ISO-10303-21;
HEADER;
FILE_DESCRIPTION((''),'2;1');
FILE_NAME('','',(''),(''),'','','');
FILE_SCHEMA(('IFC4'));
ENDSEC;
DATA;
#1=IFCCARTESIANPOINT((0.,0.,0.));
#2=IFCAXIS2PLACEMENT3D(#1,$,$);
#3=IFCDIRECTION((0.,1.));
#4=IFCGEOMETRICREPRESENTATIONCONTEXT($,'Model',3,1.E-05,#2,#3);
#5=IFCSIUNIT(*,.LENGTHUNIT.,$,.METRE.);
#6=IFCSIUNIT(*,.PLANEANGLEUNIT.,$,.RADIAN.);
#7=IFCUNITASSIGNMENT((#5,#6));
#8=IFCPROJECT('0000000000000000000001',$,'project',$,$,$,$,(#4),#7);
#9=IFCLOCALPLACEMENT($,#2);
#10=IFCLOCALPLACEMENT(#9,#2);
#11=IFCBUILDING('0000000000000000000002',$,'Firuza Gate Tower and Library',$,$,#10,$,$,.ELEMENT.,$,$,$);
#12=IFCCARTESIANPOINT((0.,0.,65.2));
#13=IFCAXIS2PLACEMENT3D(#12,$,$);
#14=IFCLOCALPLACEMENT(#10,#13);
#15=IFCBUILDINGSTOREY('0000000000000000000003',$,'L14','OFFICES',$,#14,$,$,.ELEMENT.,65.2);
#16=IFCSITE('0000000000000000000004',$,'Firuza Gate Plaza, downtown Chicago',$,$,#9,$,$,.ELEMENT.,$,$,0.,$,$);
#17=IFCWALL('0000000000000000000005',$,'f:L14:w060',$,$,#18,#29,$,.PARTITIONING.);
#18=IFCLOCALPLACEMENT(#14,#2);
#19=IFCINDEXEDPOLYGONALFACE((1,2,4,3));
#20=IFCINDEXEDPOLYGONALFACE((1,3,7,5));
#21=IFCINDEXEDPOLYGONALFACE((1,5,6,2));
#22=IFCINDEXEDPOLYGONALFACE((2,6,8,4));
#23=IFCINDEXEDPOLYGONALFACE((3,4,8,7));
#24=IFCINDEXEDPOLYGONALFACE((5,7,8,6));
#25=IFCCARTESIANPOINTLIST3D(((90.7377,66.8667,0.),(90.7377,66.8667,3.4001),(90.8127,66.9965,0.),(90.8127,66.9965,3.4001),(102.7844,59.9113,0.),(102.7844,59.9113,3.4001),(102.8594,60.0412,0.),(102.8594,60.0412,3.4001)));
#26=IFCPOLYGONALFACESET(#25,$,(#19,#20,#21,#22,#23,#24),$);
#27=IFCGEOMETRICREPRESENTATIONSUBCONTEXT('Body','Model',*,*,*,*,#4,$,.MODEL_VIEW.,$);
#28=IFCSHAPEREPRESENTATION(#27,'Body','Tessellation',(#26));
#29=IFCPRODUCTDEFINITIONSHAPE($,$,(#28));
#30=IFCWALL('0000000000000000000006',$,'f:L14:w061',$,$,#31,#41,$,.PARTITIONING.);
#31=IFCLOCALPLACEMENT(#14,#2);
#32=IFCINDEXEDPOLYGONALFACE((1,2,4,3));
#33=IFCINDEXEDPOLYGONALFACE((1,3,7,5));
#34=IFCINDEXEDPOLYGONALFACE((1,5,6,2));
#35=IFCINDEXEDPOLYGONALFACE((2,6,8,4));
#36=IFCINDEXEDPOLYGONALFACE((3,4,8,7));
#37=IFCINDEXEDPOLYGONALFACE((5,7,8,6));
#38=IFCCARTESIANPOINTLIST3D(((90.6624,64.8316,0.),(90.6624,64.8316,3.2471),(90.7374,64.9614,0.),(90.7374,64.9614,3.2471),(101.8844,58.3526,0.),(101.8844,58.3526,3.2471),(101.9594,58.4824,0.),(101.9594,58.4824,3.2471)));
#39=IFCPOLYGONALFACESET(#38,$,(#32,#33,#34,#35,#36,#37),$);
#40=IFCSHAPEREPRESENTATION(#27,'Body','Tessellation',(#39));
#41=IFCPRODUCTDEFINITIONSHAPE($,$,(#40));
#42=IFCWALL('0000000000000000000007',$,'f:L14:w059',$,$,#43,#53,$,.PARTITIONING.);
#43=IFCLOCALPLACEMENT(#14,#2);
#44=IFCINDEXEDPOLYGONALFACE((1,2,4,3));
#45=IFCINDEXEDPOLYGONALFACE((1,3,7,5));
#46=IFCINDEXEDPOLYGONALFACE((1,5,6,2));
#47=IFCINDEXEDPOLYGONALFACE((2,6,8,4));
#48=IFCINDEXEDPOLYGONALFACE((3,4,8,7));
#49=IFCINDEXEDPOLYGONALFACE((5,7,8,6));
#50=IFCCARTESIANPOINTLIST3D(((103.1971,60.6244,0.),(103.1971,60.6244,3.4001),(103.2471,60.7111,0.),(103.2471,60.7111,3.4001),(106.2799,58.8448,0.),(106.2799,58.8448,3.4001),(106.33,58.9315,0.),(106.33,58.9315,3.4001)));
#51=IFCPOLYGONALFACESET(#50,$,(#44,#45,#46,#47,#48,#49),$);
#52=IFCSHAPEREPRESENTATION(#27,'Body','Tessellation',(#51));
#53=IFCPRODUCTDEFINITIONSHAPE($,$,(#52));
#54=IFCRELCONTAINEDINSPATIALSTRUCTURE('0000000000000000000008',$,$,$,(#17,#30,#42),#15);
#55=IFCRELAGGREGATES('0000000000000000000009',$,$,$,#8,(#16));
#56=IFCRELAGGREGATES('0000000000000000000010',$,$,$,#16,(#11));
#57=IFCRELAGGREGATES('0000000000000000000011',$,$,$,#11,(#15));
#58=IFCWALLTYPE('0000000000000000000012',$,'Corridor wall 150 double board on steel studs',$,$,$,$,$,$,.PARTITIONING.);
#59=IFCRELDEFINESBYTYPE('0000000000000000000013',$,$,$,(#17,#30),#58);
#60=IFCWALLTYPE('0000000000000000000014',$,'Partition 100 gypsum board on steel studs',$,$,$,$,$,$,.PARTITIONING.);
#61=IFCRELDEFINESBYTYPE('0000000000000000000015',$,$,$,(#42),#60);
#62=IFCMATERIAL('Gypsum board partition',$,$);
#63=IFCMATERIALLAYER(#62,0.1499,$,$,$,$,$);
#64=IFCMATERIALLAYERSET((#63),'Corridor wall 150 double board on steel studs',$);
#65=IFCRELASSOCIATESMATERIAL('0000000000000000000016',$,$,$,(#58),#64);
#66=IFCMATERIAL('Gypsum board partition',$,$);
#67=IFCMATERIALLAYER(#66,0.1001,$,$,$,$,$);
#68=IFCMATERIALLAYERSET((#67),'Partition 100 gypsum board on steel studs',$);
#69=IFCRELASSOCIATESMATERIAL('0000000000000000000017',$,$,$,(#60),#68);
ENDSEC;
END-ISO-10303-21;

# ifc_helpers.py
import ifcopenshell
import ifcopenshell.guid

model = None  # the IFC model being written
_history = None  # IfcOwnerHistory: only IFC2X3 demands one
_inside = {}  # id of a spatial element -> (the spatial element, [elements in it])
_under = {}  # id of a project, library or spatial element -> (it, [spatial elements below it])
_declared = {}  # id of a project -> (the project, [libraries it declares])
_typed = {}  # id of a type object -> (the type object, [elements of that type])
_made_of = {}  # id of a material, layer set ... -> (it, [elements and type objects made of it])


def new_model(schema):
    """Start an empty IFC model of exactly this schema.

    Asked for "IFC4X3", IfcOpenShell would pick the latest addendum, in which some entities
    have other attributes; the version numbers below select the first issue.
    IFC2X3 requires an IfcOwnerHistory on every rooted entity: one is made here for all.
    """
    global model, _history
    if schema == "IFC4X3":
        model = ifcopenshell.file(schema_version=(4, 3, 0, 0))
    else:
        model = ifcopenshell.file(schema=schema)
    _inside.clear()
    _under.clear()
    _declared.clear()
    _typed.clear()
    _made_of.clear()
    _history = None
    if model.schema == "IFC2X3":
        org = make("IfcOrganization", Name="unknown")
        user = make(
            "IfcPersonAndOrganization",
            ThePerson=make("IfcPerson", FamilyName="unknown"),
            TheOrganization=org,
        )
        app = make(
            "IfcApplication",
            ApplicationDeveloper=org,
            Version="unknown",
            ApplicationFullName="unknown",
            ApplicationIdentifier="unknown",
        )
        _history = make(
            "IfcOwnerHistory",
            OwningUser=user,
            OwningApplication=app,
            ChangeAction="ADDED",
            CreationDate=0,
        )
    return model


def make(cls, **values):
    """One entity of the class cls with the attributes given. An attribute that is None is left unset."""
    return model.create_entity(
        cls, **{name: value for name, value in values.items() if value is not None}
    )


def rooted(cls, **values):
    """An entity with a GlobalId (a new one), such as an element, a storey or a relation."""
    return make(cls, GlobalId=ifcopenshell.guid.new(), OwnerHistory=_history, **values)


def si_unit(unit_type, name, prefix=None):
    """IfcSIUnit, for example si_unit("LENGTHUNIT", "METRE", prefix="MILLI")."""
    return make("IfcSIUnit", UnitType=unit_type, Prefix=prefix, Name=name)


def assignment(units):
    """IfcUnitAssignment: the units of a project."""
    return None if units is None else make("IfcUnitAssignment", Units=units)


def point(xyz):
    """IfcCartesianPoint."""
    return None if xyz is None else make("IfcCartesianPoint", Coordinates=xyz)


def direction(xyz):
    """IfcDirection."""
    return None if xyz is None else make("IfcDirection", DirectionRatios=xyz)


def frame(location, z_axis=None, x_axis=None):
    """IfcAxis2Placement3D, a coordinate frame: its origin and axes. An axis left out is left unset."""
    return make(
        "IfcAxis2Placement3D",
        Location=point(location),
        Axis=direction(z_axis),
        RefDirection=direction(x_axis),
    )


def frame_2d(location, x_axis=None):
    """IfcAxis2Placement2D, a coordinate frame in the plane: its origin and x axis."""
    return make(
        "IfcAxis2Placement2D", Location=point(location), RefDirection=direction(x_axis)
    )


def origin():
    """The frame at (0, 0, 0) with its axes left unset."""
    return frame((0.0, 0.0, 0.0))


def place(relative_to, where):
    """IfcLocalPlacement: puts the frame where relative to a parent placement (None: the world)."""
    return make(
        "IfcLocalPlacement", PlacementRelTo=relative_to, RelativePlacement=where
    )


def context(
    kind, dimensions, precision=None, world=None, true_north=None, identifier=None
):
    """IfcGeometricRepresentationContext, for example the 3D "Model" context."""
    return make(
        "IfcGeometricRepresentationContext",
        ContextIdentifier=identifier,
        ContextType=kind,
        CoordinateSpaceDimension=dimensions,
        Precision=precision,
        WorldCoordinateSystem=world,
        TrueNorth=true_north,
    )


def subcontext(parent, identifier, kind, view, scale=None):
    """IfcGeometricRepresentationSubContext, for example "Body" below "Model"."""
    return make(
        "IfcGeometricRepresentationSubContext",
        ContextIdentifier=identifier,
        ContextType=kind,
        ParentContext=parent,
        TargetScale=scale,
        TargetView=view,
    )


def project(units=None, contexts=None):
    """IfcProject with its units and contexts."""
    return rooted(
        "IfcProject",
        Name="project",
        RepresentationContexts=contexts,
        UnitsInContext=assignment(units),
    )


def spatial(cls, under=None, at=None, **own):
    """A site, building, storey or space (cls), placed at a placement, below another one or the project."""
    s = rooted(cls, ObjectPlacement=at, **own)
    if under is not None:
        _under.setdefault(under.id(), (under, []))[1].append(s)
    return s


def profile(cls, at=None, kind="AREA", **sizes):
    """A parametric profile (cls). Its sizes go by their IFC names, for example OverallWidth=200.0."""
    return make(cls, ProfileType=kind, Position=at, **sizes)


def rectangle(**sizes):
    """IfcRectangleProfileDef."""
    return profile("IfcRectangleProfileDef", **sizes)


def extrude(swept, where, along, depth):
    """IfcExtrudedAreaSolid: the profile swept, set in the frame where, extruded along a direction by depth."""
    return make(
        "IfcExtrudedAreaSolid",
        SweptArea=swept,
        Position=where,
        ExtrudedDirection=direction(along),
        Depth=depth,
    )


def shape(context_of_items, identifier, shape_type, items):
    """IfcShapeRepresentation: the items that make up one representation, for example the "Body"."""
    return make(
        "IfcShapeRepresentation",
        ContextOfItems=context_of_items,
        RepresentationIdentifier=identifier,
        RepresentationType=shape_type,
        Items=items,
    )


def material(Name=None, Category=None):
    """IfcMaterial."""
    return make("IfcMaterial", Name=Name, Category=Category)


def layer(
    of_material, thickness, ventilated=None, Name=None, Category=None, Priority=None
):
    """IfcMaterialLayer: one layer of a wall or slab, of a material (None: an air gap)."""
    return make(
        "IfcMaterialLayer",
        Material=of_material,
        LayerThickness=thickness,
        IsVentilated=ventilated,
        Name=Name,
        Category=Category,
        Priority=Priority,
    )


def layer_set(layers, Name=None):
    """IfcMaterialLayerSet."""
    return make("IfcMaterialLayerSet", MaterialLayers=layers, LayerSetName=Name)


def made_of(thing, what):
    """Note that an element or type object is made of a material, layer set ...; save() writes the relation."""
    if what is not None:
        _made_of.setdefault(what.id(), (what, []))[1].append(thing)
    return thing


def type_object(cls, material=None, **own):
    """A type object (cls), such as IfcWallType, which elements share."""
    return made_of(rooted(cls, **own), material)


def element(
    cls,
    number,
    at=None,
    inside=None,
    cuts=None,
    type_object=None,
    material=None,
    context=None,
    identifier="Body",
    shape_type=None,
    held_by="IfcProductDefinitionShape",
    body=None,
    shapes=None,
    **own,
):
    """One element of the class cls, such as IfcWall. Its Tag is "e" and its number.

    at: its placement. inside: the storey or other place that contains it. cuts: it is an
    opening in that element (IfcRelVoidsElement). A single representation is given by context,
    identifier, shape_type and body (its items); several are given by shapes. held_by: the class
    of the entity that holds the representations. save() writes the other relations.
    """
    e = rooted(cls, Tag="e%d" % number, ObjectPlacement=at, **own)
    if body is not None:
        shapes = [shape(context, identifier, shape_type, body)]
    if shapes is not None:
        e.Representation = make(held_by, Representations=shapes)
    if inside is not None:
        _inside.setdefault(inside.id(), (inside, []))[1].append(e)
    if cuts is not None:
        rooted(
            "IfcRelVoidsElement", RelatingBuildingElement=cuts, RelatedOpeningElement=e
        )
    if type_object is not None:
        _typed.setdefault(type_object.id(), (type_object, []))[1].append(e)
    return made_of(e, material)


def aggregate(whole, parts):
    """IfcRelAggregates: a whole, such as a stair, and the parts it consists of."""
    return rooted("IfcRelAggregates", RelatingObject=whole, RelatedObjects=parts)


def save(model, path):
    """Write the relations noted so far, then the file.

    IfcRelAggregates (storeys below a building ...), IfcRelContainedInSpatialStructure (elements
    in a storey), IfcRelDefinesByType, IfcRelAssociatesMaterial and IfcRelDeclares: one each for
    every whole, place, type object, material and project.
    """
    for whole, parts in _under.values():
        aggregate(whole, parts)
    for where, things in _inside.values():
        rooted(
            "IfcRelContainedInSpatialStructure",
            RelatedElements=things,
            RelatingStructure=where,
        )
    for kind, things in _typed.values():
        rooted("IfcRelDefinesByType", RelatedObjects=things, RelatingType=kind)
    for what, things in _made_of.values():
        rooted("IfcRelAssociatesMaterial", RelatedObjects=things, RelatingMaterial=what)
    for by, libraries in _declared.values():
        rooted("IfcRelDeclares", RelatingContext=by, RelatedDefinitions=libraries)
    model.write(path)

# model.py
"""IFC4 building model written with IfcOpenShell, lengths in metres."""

from ifc_helpers import new_model, si_unit, direction, frame, frame_2d, origin, place, context, subcontext, project, spatial, rectangle, extrude, material, layer, layer_set, type_object, element, save


model = new_model("IFC4")

# Units and contexts
model_context = context("Model", 3, precision=1e-05, world=origin(), true_north=direction((0.0, 1.0)))
body_context = subcontext(model_context, "Body", "Model", "MODEL_VIEW")
ifc_project = project(units=[si_unit("LENGTHUNIT", "METRE"), si_unit("PLANEANGLEUNIT", "RADIAN")], contexts=[model_context])

# Site, building, storey
site_placement = place(None, origin())
site = spatial("IfcSite", under=ifc_project, at=site_placement, Name="Firuza Gate Plaza, downtown Chicago", CompositionType="ELEMENT", RefElevation=0.0)
building_placement = place(site_placement, origin())
building = spatial("IfcBuilding", under=site, at=building_placement, Name="Firuza Gate Tower and Library", CompositionType="ELEMENT")
storey_placement = place(building_placement, frame((0.0, 0.0, 65.2)))
storey = spatial("IfcBuildingStorey", under=building, at=storey_placement, Name="L14", Description="OFFICES", CompositionType="ELEMENT", Elevation=65.2)

# Walls
ifc_material_1 = material(Name="Gypsum board partition")
ifc_layer_1 = layer(ifc_material_1, 0.1499)
ifc_layer_set_1 = layer_set([ifc_layer_1], Name="Corridor wall 150 double board on steel studs")
wall_type_1 = type_object("IfcWallType", Name="Corridor wall 150 double board on steel studs", PredefinedType="PARTITIONING", material=ifc_layer_set_1)
wall_1_placement = place(storey_placement, frame((102.8218, 59.9763, 0.0), z_axis=(0.0, 0.0, 1.0), x_axis=(-0.866019, 0.500011, 0.0)))
element("IfcWall", 1, at=wall_1_placement, inside=storey, type_object=wall_type_1, Name="f:L14:w060", PredefinedType="PARTITIONING", context=body_context, shape_type="SweptSolid", body=[
    extrude(rectangle(XDim=13.9104, YDim=0.1499, at=frame_2d((6.9551, 0.0))), origin(), (0.0, 0.0, 1.0), 3.4001),
])
wall_2_placement = place(storey_placement, frame((101.9219, 58.4175, 0.0), z_axis=(0.0, 0.0, 1.0), x_axis=(-0.866025, 0.500001, 0.0)))
element("IfcWall", 2, at=wall_2_placement, inside=storey, type_object=wall_type_1, Name="f:L14:w061", PredefinedType="PARTITIONING", context=body_context, shape_type="SweptSolid", body=[
    extrude(rectangle(XDim=12.958, YDim=0.1499, at=frame_2d((6.479, 0.0))), origin(), (0.0, 0.0, 1.0), 3.2471),
])
ifc_material_2 = material(Name="Gypsum board partition")
ifc_layer_2 = layer(ifc_material_2, 0.1001)
ifc_layer_set_2 = layer_set([ifc_layer_2], Name="Partition 100 gypsum board on steel studs")
wall_type_2 = type_object("IfcWallType", Name="Partition 100 gypsum board on steel studs", PredefinedType="PARTITIONING", material=ifc_layer_set_2)
wall_3_placement = place(storey_placement, frame((106.3049, 58.8882, 0.0), z_axis=(0.0, 0.0, 1.0), x_axis=(-0.866061, 0.499938, 0.0)))
element("IfcWall", 3, at=wall_3_placement, inside=storey, type_object=wall_type_2, Name="f:L14:w059", PredefinedType="PARTITIONING", context=body_context, shape_type="SweptSolid", body=[
    extrude(rectangle(XDim=3.5596, YDim=0.1001, at=frame_2d((1.7798, 0.0))), origin(), (0.0, 0.0, 1.0), 3.4001),
])

save(model, "model.ifc")
